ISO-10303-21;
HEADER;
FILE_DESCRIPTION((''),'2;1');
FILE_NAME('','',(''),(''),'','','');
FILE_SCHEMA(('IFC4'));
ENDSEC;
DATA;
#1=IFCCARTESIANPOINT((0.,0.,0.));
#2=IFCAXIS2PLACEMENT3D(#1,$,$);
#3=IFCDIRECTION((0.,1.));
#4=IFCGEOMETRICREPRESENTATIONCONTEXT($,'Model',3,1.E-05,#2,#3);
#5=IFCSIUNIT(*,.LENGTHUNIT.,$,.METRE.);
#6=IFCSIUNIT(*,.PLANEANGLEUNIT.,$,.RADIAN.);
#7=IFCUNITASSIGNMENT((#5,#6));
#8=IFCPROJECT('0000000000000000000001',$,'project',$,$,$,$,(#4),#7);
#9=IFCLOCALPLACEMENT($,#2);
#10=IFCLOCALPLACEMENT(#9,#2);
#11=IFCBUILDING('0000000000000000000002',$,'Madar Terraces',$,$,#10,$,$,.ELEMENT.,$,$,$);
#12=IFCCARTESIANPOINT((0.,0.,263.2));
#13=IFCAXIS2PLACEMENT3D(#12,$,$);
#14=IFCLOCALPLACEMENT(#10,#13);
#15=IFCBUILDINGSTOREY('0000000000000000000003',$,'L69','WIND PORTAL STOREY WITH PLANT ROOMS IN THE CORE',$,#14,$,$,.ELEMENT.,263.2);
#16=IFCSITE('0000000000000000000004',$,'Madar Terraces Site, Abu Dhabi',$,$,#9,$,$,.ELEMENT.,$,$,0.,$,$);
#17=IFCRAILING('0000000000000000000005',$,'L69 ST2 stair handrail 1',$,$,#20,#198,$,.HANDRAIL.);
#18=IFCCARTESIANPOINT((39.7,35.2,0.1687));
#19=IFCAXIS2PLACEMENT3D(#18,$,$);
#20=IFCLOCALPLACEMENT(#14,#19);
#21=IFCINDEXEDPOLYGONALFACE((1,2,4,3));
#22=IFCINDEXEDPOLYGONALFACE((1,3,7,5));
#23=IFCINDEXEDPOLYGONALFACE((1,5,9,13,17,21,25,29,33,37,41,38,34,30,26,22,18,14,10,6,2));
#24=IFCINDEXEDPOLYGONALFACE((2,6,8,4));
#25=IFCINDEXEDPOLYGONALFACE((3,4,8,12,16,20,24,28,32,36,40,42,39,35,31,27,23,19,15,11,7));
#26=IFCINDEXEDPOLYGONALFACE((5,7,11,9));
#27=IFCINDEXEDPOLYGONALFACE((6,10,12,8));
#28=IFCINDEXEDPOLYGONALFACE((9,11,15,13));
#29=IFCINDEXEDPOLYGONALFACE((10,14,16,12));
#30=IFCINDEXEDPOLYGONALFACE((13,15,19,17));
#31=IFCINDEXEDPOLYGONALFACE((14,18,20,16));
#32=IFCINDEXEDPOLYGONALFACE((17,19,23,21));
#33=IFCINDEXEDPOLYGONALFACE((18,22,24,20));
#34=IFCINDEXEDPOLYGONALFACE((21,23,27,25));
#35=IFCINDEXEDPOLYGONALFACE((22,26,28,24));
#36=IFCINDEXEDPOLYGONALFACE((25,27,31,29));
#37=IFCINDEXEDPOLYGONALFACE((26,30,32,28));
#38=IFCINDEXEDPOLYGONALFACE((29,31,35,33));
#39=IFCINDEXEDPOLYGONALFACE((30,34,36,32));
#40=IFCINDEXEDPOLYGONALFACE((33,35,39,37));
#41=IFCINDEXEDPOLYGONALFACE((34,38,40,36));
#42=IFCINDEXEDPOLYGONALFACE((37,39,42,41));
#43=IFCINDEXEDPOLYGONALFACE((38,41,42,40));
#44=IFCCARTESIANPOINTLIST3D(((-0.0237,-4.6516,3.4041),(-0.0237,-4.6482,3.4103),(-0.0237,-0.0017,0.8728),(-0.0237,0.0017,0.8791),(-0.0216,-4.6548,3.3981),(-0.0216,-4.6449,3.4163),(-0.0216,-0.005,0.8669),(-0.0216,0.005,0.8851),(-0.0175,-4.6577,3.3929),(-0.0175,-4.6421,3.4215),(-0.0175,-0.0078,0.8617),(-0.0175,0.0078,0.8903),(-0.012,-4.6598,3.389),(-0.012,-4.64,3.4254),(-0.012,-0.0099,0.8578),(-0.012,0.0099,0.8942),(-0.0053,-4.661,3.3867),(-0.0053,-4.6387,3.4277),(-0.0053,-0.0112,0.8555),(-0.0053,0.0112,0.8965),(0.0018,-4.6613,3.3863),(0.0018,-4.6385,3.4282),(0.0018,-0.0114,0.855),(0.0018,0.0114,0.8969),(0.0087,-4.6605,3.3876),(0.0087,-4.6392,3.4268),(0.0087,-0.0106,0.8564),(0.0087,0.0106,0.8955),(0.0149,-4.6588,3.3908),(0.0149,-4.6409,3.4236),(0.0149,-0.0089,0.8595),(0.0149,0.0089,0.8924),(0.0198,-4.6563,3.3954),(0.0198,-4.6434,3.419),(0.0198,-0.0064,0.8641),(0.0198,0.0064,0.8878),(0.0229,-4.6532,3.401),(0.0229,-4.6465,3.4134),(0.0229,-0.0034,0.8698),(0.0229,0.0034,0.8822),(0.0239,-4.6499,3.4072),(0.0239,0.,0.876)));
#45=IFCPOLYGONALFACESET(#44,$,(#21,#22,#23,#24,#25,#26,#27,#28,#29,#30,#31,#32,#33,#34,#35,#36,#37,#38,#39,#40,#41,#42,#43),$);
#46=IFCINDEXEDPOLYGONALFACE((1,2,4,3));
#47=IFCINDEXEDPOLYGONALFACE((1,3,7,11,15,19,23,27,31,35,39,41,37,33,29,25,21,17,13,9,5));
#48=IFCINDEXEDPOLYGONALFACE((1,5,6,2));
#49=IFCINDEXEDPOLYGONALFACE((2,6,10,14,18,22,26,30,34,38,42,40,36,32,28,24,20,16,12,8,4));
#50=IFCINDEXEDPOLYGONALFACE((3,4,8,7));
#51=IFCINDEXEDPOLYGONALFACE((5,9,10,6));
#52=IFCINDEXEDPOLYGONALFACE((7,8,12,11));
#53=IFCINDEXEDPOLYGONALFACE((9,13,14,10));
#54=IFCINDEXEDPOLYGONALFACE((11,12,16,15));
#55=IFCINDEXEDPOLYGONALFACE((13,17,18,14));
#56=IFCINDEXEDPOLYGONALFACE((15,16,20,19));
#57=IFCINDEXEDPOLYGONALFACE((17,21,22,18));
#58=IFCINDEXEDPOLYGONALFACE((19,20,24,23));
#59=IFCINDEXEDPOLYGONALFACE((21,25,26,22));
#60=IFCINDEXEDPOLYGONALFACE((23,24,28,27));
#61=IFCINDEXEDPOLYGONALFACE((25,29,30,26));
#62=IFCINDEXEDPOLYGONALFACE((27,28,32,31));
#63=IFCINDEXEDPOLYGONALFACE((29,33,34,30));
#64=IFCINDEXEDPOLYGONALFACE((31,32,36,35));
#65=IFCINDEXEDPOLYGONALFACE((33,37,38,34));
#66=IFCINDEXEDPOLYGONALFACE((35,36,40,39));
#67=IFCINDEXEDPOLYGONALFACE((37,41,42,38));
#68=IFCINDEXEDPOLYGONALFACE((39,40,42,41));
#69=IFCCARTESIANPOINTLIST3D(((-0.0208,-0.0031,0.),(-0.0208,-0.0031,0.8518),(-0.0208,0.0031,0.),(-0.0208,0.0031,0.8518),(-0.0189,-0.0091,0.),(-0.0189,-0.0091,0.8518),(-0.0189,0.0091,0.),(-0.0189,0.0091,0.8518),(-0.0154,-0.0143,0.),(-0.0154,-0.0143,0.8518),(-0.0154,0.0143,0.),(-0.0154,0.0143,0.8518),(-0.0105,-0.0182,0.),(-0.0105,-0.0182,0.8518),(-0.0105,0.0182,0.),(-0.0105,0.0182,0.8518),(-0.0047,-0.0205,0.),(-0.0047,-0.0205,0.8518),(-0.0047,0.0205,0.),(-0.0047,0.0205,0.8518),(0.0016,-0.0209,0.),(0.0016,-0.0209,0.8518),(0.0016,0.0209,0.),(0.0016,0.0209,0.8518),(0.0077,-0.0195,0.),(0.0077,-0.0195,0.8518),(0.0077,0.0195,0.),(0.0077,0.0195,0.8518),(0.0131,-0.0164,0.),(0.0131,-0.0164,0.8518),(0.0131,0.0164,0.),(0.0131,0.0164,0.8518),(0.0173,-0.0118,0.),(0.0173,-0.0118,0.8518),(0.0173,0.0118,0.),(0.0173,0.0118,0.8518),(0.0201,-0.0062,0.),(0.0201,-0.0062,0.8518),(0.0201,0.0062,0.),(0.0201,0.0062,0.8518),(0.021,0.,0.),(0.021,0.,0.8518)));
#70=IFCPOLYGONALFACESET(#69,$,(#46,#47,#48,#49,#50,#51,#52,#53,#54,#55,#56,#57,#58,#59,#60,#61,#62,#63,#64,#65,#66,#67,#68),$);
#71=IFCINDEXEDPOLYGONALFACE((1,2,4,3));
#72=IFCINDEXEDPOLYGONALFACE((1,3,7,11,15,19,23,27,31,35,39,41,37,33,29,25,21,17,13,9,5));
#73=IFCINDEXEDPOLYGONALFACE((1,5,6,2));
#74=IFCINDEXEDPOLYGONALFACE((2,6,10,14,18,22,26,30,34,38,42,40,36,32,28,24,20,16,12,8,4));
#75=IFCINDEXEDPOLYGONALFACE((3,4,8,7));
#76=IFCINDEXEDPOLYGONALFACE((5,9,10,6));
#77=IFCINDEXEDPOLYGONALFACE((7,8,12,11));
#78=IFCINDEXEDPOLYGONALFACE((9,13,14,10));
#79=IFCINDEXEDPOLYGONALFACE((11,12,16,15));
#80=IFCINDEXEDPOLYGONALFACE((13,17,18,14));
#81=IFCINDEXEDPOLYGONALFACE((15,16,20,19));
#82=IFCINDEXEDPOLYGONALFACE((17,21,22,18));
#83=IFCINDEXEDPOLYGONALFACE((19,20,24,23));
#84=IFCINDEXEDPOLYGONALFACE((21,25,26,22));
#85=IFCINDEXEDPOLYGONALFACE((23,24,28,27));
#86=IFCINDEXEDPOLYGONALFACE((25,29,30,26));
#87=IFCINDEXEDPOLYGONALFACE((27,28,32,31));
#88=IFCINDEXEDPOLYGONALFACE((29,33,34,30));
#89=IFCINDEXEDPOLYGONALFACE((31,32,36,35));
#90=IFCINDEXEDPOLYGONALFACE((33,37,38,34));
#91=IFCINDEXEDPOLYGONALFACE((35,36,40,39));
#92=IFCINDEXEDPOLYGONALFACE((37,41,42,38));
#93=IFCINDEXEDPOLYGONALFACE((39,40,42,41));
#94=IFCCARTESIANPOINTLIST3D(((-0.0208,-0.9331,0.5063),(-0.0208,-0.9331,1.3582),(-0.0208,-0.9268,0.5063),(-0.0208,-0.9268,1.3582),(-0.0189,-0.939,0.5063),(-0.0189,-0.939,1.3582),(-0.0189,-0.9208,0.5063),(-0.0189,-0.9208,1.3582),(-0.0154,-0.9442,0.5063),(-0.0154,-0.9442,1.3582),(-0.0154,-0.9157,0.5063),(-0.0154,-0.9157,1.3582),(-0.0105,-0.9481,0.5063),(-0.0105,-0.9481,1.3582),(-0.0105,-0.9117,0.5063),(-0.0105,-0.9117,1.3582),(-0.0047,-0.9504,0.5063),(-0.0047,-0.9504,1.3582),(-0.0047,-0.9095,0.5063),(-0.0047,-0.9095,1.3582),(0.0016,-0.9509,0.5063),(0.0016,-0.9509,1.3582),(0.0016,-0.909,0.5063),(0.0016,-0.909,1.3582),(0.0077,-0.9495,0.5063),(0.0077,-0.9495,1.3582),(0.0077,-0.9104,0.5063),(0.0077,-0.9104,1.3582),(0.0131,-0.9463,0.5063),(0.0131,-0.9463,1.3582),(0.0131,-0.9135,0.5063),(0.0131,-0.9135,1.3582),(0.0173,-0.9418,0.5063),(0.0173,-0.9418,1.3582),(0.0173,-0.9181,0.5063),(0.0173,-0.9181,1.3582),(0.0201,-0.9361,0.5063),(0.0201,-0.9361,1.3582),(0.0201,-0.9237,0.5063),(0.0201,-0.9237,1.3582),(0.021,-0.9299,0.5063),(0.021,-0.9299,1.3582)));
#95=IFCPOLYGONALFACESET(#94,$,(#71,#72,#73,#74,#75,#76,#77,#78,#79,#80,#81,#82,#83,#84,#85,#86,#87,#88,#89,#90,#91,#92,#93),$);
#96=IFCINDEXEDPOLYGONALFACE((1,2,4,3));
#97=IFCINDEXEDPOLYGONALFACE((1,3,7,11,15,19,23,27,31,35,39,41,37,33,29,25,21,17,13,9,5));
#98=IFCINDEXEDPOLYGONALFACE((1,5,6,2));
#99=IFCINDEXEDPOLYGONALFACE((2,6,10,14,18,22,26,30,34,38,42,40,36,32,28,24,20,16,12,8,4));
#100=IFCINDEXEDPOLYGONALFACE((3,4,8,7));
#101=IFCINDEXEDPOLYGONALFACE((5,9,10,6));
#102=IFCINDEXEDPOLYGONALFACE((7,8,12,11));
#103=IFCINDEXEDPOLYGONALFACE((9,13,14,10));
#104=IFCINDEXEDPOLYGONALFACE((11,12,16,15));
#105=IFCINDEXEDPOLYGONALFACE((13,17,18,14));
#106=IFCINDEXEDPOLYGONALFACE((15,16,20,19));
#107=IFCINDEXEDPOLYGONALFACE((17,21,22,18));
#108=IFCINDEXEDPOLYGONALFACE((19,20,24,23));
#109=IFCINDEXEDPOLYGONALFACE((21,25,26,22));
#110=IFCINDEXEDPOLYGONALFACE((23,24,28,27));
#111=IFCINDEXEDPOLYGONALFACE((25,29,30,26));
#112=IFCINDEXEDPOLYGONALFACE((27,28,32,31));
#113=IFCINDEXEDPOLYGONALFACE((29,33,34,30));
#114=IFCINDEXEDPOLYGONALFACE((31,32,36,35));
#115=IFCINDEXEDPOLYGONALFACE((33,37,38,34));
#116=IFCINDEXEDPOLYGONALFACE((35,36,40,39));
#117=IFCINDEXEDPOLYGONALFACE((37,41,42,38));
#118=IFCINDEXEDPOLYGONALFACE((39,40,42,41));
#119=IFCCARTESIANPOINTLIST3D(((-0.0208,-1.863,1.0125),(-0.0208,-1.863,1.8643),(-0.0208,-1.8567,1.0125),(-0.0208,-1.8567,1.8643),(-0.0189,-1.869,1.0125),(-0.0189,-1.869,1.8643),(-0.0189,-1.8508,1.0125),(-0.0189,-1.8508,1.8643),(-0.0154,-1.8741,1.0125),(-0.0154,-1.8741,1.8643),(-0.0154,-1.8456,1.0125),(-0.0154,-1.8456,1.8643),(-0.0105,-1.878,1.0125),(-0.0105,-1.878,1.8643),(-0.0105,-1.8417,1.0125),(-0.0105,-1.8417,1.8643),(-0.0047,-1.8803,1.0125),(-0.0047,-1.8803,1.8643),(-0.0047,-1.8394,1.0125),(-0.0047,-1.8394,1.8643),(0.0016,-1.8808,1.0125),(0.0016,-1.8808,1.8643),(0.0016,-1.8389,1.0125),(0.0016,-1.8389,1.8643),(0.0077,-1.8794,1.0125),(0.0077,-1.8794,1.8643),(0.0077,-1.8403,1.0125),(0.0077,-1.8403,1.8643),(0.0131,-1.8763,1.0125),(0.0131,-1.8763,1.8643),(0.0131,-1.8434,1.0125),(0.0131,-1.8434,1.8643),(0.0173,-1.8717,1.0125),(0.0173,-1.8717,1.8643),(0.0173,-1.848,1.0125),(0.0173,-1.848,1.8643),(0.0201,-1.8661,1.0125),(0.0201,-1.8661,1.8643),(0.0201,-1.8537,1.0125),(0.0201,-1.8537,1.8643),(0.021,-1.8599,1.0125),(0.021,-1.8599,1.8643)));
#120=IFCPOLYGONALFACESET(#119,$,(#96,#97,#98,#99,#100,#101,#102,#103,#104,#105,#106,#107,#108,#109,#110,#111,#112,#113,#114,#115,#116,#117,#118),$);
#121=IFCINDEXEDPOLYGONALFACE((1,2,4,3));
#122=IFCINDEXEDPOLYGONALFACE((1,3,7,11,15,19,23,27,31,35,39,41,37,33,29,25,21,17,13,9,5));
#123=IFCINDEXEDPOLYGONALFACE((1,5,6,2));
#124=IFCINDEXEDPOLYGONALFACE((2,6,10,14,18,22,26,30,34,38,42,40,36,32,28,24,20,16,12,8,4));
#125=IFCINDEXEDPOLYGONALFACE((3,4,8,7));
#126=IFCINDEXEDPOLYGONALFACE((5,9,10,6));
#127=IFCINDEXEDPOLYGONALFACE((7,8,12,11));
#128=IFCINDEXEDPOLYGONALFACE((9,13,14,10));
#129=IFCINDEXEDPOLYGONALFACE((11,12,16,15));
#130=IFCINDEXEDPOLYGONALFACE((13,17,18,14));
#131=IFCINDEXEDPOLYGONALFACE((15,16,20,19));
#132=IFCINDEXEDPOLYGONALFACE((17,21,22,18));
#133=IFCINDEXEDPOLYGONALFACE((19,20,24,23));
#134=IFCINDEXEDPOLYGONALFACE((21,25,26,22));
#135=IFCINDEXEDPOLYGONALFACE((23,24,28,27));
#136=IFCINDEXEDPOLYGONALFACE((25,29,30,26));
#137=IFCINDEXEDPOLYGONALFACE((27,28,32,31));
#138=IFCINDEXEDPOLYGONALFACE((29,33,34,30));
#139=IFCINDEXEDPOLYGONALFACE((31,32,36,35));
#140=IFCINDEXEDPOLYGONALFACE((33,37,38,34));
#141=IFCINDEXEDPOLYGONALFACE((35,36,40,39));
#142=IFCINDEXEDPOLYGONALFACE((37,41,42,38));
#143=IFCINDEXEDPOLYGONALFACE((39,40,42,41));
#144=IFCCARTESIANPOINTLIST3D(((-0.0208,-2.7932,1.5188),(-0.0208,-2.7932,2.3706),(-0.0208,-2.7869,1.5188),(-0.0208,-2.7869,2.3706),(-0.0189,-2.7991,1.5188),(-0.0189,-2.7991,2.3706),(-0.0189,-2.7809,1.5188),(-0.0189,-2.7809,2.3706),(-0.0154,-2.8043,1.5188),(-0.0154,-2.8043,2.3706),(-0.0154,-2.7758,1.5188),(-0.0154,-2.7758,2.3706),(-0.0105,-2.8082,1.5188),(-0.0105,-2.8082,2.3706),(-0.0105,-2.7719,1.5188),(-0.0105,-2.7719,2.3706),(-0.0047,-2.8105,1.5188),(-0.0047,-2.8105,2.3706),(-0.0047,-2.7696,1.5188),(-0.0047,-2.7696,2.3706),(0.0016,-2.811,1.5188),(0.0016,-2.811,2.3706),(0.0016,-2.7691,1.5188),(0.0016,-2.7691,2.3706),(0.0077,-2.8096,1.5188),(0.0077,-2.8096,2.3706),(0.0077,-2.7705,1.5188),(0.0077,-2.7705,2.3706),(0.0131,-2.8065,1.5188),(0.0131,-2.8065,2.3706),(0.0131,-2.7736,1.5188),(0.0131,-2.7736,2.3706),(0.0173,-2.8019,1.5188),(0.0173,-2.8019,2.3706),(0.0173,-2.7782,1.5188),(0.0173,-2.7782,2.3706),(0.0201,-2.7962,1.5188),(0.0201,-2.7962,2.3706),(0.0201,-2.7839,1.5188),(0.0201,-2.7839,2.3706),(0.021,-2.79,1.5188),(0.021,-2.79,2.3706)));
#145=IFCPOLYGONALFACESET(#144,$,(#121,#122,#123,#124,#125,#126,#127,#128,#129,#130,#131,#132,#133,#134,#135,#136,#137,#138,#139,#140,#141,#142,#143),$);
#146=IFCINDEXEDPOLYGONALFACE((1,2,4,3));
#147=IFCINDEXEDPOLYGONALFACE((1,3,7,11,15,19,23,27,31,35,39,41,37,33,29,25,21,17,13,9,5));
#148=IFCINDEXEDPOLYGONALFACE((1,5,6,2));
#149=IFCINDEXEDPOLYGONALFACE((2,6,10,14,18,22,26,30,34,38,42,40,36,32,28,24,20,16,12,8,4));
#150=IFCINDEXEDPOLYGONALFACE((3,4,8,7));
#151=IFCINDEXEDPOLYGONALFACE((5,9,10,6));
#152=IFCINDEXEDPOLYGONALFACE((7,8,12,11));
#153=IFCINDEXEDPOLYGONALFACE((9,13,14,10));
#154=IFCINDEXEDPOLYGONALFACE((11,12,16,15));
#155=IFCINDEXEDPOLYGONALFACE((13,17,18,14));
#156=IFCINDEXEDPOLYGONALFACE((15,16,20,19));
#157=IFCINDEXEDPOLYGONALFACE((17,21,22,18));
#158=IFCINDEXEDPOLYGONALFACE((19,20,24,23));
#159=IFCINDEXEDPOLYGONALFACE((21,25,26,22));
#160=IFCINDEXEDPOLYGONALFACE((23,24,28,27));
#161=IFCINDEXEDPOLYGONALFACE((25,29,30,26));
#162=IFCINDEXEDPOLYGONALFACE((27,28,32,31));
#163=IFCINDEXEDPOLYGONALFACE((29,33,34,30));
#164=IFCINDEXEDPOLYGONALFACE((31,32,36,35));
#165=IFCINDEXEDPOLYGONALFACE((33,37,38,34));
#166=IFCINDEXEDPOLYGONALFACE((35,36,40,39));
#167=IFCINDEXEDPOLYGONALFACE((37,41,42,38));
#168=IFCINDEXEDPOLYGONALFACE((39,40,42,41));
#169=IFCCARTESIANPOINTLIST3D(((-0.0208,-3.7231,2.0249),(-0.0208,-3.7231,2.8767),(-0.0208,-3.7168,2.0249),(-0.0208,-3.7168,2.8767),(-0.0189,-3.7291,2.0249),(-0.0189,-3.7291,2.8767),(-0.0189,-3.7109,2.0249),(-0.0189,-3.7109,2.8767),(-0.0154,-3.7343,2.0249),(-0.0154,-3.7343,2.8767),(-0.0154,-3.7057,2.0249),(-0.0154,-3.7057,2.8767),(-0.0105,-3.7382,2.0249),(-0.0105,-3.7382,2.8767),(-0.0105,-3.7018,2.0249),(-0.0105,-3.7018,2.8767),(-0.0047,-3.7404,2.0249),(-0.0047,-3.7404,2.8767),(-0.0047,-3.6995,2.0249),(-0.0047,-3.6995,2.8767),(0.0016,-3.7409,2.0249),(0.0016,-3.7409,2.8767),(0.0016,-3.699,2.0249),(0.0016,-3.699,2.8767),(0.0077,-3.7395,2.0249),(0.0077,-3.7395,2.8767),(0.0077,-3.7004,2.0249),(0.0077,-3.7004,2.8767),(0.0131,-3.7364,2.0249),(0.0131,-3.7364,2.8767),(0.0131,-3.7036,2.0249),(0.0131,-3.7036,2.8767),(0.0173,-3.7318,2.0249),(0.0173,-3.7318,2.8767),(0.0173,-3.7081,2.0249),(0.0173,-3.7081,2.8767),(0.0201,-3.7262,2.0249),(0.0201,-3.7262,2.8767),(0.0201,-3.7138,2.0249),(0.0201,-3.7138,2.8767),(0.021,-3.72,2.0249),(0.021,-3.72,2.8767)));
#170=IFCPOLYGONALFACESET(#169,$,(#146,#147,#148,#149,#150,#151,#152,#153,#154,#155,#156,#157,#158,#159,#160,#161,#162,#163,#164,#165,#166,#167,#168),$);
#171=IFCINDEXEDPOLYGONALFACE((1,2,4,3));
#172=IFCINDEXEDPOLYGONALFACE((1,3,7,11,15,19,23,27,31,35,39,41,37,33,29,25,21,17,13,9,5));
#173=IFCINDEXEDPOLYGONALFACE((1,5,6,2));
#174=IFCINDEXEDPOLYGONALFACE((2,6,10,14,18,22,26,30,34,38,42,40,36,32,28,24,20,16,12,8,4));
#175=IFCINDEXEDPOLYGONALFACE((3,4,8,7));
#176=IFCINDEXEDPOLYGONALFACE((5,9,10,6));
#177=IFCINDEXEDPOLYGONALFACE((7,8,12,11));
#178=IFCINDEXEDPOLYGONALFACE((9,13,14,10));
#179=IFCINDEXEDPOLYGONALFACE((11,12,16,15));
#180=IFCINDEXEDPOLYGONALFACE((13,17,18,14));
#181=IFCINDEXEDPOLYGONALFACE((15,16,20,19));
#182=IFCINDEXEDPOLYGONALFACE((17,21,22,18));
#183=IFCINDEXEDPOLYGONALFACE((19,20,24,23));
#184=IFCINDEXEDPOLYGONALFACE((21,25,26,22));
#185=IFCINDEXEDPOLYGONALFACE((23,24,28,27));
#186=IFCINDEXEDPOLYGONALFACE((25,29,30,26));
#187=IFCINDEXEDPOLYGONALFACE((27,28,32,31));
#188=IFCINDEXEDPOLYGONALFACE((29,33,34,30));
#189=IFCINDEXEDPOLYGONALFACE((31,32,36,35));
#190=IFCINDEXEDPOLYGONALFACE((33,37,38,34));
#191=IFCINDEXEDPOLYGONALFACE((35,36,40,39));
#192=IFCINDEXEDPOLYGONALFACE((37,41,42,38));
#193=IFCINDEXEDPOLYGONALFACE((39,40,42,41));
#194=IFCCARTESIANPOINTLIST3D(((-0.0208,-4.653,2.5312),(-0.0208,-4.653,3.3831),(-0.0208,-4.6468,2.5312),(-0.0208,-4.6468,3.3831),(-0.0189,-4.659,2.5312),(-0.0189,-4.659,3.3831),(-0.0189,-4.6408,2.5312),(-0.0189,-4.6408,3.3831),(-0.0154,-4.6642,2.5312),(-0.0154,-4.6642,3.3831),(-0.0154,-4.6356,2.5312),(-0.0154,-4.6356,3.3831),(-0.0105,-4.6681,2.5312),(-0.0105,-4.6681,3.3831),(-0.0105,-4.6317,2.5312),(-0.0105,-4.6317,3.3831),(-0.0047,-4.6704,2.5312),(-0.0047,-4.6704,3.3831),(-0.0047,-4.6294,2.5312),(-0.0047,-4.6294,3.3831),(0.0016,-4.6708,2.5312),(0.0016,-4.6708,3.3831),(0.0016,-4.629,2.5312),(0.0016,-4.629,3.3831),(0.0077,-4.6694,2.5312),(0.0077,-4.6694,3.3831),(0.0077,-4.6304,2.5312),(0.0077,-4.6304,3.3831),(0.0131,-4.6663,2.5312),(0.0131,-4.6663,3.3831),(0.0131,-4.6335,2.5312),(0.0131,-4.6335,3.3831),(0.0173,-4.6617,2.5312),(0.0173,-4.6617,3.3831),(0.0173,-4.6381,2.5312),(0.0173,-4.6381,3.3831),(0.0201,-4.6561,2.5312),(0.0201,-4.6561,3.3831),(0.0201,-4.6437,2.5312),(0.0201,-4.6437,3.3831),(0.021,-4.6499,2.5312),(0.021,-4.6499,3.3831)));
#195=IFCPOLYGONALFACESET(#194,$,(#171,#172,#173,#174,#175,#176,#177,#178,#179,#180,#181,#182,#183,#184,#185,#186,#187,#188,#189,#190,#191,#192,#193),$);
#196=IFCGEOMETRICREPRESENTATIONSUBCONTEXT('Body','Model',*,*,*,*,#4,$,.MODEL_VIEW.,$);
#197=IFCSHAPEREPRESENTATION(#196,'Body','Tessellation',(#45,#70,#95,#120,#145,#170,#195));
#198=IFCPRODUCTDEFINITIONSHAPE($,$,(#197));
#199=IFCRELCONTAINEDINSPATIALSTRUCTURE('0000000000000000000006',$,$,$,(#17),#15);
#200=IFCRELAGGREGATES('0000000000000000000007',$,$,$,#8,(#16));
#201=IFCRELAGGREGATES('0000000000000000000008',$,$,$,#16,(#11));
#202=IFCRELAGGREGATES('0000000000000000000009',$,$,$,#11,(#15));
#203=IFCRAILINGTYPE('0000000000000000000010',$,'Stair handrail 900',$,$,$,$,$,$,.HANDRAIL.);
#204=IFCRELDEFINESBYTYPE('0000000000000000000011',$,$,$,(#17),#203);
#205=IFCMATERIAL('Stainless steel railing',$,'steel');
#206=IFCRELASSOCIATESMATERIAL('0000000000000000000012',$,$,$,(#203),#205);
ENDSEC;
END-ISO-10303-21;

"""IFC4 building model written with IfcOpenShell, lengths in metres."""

from ifc_helpers import new_model, si_unit, direction, frame, origin, origin_2d, place, context, subcontext, project, spatial, circle, extrude, material, type_object, element, save


model = new_model("IFC4")

# Units and contexts
model_context = context("Model", 3, precision=1e-05, world=origin(), true_north=direction((0.0, 1.0)))
body_context = subcontext(model_context, "Body", "Model", "MODEL_VIEW")
ifc_project = project(units=[si_unit("LENGTHUNIT", "METRE"), si_unit("PLANEANGLEUNIT", "RADIAN")], contexts=[model_context])

# Site, building, storey
site_placement = place(None, origin())
site = spatial("IfcSite", under=ifc_project, at=site_placement, Name="Madar Terraces Site, Abu Dhabi", CompositionType="ELEMENT", RefElevation=0.0)
building_placement = place(site_placement, origin())
building = spatial("IfcBuilding", under=site, at=building_placement, Name="Madar Terraces", CompositionType="ELEMENT")
storey_placement = place(building_placement, frame((0.0, 0.0, 263.2)))
storey = spatial("IfcBuildingStorey", under=building, at=storey_placement, Name="L69", Description="WIND PORTAL STOREY WITH PLANT ROOMS IN THE CORE", CompositionType="ELEMENT", Elevation=263.2)

# Railing
ifc_material_1 = material(Name="Stainless steel railing", Category="steel")
railing_type_1 = type_object("IfcRailingType", Name="Stair handrail 900", PredefinedType="HANDRAIL", material=ifc_material_1)
railing_1_placement = place(storey_placement, frame((39.7, 35.2, 0.1687)))
element("IfcRailing", 1, at=railing_1_placement, inside=storey, type_object=railing_type_1, Name="L69 ST2 stair handrail 1", PredefinedType="HANDRAIL", context=body_context, shape_type="SweptSolid", body=[
    extrude(circle(Radius=0.0239, at=origin_2d()), frame((0.0, 0.0, 0.876), z_axis=(0.0, -0.878297, 0.478115), x_axis=(1.0, 0.0, 0.0)), (0.0, 0.0, 1.0), 5.2942),
    extrude(circle(Radius=0.021, at=origin_2d()), origin(), (0.0, 0.0, 1.0), 0.8518),
    extrude(circle(Radius=0.021, at=origin_2d()), frame((0.0, -0.9299, 0.5063)), (0.0, 0.0, 1.0), 0.8518),
    extrude(circle(Radius=0.021, at=origin_2d()), frame((0.0, -1.8599, 1.0125)), (0.0, 0.0, 1.0), 0.8518),
    extrude(circle(Radius=0.021, at=origin_2d()), frame((0.0, -2.79, 1.5188)), (0.0, 0.0, 1.0), 0.8518),
    extrude(circle(Radius=0.021, at=origin_2d()), frame((0.0, -3.72, 2.0249)), (0.0, 0.0, 1.0), 0.8518),
    extrude(circle(Radius=0.021, at=origin_2d()), frame((0.0, -4.6499, 2.5312)), (0.0, 0.0, 1.0), 0.8518),
])

save(model, "model.ifc")
